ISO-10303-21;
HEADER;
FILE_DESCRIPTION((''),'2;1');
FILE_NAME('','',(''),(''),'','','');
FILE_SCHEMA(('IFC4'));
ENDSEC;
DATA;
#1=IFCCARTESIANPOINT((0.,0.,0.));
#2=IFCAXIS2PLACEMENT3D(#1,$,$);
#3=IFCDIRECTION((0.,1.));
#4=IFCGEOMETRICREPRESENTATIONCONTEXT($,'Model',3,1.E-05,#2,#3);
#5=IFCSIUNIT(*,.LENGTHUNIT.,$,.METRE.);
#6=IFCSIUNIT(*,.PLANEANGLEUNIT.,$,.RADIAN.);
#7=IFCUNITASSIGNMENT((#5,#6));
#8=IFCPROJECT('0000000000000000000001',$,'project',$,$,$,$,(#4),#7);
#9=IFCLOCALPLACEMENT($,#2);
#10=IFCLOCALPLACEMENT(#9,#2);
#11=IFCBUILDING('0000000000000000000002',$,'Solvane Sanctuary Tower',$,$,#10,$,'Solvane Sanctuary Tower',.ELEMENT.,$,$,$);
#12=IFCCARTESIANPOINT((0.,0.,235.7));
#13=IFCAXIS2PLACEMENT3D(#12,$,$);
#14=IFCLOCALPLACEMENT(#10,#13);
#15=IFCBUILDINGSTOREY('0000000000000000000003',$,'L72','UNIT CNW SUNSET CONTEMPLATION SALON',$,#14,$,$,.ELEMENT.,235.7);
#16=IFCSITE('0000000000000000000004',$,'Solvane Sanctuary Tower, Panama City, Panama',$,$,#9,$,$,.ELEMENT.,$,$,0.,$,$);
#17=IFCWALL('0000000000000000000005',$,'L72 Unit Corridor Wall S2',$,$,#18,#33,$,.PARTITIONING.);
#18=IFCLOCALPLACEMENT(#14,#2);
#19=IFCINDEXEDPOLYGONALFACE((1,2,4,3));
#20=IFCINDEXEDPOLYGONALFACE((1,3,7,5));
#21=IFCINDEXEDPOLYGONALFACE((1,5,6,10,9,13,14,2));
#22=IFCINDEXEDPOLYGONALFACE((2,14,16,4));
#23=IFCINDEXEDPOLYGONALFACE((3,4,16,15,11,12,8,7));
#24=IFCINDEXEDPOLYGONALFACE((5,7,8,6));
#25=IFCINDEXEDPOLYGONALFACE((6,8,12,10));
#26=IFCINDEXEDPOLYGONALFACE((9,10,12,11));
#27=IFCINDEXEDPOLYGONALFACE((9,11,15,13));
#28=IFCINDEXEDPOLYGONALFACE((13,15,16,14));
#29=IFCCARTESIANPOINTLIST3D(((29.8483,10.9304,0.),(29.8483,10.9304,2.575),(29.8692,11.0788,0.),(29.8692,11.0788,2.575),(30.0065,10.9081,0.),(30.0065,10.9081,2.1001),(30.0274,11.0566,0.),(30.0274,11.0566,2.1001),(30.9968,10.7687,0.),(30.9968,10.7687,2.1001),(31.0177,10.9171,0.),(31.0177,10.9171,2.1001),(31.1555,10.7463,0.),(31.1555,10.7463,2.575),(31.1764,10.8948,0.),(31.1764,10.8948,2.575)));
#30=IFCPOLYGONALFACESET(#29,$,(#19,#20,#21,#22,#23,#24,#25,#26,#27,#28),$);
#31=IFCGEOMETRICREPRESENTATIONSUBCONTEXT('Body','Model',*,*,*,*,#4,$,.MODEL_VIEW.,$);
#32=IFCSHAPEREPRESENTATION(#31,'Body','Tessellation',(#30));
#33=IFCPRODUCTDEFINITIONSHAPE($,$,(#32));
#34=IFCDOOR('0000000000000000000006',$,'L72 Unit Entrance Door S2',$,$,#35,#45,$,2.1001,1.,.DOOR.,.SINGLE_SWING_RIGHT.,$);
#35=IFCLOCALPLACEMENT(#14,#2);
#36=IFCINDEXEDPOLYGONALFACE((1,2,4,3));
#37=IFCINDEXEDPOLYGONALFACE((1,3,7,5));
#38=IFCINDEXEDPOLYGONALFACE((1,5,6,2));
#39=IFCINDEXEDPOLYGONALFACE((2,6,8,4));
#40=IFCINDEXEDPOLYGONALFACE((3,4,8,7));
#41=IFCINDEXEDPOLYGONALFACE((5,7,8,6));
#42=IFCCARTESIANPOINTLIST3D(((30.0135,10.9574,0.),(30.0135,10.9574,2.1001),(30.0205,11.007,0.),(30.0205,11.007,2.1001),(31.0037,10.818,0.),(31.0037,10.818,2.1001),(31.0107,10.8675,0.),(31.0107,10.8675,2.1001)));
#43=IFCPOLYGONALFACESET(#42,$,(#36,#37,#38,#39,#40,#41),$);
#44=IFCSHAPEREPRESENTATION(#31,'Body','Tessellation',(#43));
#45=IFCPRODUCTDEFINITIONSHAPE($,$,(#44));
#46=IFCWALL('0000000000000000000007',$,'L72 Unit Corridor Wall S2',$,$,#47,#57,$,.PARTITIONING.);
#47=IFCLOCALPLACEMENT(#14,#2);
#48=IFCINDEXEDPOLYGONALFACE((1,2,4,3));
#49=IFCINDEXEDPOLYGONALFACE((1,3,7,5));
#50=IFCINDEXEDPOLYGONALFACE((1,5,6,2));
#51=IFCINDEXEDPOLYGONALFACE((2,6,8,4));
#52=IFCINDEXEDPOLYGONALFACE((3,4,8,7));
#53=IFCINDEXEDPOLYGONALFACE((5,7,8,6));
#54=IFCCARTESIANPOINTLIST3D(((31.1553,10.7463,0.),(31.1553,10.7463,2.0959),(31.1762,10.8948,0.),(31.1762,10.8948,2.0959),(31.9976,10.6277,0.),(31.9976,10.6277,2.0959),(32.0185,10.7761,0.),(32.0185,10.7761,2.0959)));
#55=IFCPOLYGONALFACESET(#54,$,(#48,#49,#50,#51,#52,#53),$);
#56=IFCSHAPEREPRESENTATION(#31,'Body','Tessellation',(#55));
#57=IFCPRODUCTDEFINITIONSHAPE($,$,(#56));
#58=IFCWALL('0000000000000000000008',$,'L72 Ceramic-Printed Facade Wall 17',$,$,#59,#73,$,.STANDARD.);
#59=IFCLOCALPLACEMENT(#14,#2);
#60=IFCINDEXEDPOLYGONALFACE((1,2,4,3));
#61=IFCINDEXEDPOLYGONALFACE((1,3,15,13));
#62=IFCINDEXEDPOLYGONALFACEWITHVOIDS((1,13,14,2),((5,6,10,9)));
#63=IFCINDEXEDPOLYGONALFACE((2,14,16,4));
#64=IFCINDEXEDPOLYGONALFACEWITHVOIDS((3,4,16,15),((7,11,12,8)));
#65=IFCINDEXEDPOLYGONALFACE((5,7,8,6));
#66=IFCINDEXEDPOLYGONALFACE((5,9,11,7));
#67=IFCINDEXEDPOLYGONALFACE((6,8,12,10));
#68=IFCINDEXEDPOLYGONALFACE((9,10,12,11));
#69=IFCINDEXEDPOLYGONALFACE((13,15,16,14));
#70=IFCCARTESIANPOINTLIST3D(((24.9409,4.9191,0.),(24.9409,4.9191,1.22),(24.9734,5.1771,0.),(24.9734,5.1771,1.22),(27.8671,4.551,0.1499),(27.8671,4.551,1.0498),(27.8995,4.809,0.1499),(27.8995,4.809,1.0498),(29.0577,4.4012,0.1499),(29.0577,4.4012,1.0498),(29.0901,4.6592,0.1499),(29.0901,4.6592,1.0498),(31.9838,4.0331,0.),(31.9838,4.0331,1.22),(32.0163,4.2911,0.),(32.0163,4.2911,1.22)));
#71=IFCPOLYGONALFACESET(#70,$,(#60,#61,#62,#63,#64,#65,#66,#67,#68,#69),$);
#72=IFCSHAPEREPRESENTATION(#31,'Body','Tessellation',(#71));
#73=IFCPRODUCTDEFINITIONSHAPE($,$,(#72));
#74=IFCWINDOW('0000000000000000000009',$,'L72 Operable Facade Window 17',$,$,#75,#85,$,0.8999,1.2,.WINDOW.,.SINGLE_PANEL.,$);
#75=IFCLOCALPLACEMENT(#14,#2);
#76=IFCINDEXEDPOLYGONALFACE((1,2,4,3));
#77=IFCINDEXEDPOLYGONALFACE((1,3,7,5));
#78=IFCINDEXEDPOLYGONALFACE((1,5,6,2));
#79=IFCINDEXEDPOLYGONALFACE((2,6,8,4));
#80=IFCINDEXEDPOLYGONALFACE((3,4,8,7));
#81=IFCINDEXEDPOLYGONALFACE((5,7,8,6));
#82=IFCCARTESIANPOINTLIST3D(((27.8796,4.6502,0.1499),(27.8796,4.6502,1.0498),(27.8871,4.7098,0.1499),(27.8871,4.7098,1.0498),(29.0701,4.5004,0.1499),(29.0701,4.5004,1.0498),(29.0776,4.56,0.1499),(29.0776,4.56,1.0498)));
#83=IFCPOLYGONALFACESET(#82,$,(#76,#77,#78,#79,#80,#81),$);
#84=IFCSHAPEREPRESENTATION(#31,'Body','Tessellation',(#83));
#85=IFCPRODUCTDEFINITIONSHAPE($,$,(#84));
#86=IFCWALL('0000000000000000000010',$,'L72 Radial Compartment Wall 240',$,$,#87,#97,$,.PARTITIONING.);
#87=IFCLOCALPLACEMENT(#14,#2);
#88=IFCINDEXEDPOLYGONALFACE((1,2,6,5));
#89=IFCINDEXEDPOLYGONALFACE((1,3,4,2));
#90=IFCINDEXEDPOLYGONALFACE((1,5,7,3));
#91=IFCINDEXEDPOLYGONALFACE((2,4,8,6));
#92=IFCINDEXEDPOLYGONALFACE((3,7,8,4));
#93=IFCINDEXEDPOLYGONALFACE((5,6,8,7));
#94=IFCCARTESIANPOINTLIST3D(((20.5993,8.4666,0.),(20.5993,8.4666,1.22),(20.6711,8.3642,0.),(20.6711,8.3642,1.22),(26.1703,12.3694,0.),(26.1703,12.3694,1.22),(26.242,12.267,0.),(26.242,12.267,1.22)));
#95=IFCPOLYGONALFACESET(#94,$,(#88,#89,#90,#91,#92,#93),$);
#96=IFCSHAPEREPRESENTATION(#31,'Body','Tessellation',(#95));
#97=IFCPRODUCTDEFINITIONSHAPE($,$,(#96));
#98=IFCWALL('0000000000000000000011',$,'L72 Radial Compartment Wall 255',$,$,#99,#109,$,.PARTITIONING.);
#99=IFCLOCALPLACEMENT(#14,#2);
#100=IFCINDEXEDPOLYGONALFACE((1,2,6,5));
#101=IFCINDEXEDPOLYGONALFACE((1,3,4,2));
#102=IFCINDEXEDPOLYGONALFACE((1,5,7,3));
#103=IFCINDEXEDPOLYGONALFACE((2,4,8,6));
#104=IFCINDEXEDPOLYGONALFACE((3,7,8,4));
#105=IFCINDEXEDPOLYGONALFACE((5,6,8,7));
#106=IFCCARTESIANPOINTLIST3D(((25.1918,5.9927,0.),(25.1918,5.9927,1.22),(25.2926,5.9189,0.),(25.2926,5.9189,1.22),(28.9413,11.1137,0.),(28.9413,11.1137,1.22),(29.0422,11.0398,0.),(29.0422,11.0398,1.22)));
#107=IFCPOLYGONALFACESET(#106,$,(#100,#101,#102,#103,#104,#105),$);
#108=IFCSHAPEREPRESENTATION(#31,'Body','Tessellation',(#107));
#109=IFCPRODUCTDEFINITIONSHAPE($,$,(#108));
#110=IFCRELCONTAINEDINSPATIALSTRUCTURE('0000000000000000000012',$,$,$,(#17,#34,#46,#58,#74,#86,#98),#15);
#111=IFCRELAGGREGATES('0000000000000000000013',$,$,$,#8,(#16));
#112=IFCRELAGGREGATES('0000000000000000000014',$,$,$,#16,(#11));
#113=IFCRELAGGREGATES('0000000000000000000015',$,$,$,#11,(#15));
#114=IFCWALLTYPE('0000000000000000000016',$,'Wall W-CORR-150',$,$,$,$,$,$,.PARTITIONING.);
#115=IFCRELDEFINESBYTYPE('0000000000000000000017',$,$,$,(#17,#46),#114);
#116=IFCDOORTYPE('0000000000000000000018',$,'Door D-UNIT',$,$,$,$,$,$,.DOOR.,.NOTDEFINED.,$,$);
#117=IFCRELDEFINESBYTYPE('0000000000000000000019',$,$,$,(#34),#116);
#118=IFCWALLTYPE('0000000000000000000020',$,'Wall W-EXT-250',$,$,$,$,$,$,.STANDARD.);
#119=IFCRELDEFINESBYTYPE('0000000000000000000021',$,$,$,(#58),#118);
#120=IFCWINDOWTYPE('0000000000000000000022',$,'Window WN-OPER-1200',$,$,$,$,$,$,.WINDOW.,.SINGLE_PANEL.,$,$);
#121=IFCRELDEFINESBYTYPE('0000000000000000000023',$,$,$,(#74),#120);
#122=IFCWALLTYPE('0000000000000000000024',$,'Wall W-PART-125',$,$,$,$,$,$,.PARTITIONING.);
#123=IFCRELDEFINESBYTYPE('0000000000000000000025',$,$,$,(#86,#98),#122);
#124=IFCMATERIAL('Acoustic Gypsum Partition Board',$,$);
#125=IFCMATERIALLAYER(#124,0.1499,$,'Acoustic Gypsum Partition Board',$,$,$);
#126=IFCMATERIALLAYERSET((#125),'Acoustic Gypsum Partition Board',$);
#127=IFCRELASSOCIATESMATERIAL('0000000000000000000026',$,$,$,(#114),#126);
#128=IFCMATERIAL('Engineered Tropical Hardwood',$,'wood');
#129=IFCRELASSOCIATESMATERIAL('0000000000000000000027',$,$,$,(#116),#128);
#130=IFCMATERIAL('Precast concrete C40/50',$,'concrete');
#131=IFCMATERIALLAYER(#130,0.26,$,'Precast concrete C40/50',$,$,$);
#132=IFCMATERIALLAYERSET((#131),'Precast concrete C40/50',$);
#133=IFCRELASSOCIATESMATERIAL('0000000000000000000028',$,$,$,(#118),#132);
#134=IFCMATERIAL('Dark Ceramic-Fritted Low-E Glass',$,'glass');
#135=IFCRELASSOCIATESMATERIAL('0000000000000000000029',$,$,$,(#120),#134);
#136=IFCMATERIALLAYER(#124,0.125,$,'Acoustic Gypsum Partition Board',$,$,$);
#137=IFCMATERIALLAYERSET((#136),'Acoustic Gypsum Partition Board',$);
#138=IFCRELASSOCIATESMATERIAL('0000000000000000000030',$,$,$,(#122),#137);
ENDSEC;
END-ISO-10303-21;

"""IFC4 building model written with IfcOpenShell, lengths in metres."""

from ifc_helpers import new_model, si_unit, direction, frame, frame_2d, origin, place, context, subcontext, project, spatial, rectangle, extrude, material, layer, layer_set, type_object, element, fill, save


model = new_model("IFC4")

# Units and contexts
model_context = context("Model", 3, precision=1e-05, world=origin(), true_north=direction((0.0, 1.0)))
body_context = subcontext(model_context, "Body", "Model", "MODEL_VIEW")
ifc_project = project(units=[si_unit("LENGTHUNIT", "METRE"), si_unit("PLANEANGLEUNIT", "RADIAN")], contexts=[model_context])

# Site, building, storey
site_placement = place(None, origin())
site = spatial("IfcSite", under=ifc_project, at=site_placement, Name="Solvane Sanctuary Tower, Panama City, Panama", CompositionType="ELEMENT", RefElevation=0.0)
building_placement = place(site_placement, origin())
building = spatial("IfcBuilding", under=site, at=building_placement, Name="Solvane Sanctuary Tower", LongName="Solvane Sanctuary Tower", CompositionType="ELEMENT")
storey_placement = place(building_placement, frame((0.0, 0.0, 235.7)))
storey = spatial("IfcBuildingStorey", under=building, at=storey_placement, Name="L72", Description="UNIT CNW SUNSET CONTEMPLATION SALON", CompositionType="ELEMENT", Elevation=235.7)

# Shared definitions
ifc_material_1 = material(Name="Dark Ceramic-Fritted Low-E Glass", Category="glass")

# Shared definitions
ifc_material_2 = material(Name="Acoustic Gypsum Partition Board")
ifc_layer_1 = layer(ifc_material_2, 0.1499, Name="Acoustic Gypsum Partition Board")
ifc_layer_set_1 = layer_set([ifc_layer_1], Name="Acoustic Gypsum Partition Board")
wall_type_1 = type_object("IfcWallType", Name="Wall W-CORR-150", PredefinedType="PARTITIONING", material=ifc_layer_set_1)

# Shared definitions
ifc_material_3 = material(Name="Engineered Tropical Hardwood", Category="wood")

# Shared definitions
door_type_1 = type_object("IfcDoorType", Name="Door D-UNIT", OperationType="NOTDEFINED", PredefinedType="DOOR", material=ifc_material_3)

# Wall, opening, door
wall_1_placement = place(storey_placement, frame((29.8586, 11.0046, 0.0), z_axis=(0.0, 0.0, 1.0), x_axis=(0.990229, -0.139453, 0.0)))
wall_1 = element("IfcWall", 1, at=wall_1_placement, inside=storey, type_object=wall_type_1, Name="L72 Unit Corridor Wall S2", PredefinedType="PARTITIONING", context=body_context, shape_type="SweptSolid", body=[
    extrude(rectangle(XDim=1.3201, YDim=0.1499, at=frame_2d((0.6602, 0.0))), origin(), (0.0, 0.0, 1.0), 2.575),
])
opening_1_placement = place(wall_1_placement, frame((0.1599, 0.0, 0.0)))
opening_1 = element("IfcOpeningElement", 2, at=opening_1_placement, cuts=wall_1, PredefinedType="OPENING", context=body_context, shape_type="SweptSolid", body=[
    extrude(rectangle(XDim=1.0, YDim=2.1001, at=frame_2d((0.5, 1.05))), frame((0.0, 0.085, 0.0), z_axis=(0.0, -1.0, 0.0), x_axis=(1.0, 0.0, 0.0)), (0.0, 0.0, 1.0), 0.1699),
])
door_1_placement = place(opening_1_placement, origin())
door_1 = element("IfcDoor", 3, at=door_1_placement, inside=storey, type_object=door_type_1, Name="L72 Unit Entrance Door S2", OperationType="SINGLE_SWING_RIGHT", OverallHeight=2.1001, OverallWidth=1.0, PredefinedType="DOOR", context=body_context, shape_type="SweptSolid", body=[
    extrude(rectangle(XDim=1.0, YDim=2.1001, at=frame_2d((0.5, 1.05))), frame((0.0, 0.0249, 0.0), z_axis=(0.0, -1.0, 0.0), x_axis=(1.0, 0.0, 0.0)), (0.0, 0.0, 1.0), 0.05),
])
fill(opening_1, door_1)

# Wall
wall_2_placement = place(storey_placement, frame((31.1658, 10.8206, 0.0), z_axis=(0.0, 0.0, 1.0), x_axis=(0.990223, -0.139492, 0.0)))
element("IfcWall", 4, at=wall_2_placement, inside=storey, type_object=wall_type_1, Name="L72 Unit Corridor Wall S2", PredefinedType="PARTITIONING", context=body_context, shape_type="SweptSolid", body=[
    extrude(rectangle(XDim=0.8506, YDim=0.1499, at=frame_2d((0.4253, 0.0))), origin(), (0.0, 0.0, 1.0), 2.0959),
])

# Wall, opening, window
ifc_material_4 = material(Name="Precast concrete C40/50", Category="concrete")
ifc_layer_2 = layer(ifc_material_4, 0.26, Name="Precast concrete C40/50")
ifc_layer_set_2 = layer_set([ifc_layer_2], Name="Precast concrete C40/50")
wall_type_2 = type_object("IfcWallType", Name="Wall W-EXT-250", PredefinedType="STANDARD", material=ifc_layer_set_2)
wall_3_placement = place(storey_placement, frame((24.957, 5.0481, 0.0), z_axis=(0.0, 0.0, 1.0), x_axis=(0.99218, -0.124814, 0.0)))
wall_3 = element("IfcWall", 5, at=wall_3_placement, inside=storey, type_object=wall_type_2, Name="L72 Ceramic-Printed Facade Wall 17", PredefinedType="STANDARD", context=body_context, shape_type="SweptSolid", body=[
    extrude(rectangle(XDim=7.0984, YDim=0.26, at=frame_2d((3.5493, 0.0))), origin(), (0.0, 0.0, 1.0), 1.22),
])
opening_2_placement = place(wall_3_placement, frame((2.9492, 0.0, 0.1499)))
opening_2 = element("IfcOpeningElement", 6, at=opening_2_placement, cuts=wall_3, PredefinedType="OPENING", context=body_context, shape_type="SweptSolid", body=[
    extrude(rectangle(XDim=1.2, YDim=0.8999, at=frame_2d((0.6001, 0.45))), frame((0.0, 0.1399, 0.0), z_axis=(0.0, -1.0, 0.0), x_axis=(1.0, 0.0, 0.0)), (0.0, 0.0, 1.0), 0.28),
])
window_type = type_object("IfcWindowType", Name="Window WN-OPER-1200", PartitioningType="SINGLE_PANEL", PredefinedType="WINDOW", material=ifc_material_1)
window_placement = place(opening_2_placement, origin())
window = element("IfcWindow", 7, at=window_placement, inside=storey, type_object=window_type, Name="L72 Operable Facade Window 17", OverallHeight=0.8999, OverallWidth=1.2, PartitioningType="SINGLE_PANEL", PredefinedType="WINDOW", context=body_context, shape_type="SweptSolid", body=[
    extrude(rectangle(XDim=1.2, YDim=0.8999, at=frame_2d((0.6001, 0.45))), frame((0.0, 0.03, 0.0), z_axis=(0.0, -1.0, 0.0), x_axis=(1.0, 0.0, 0.0)), (0.0, 0.0, 1.0), 0.0601),
])
fill(opening_2, window)

# Walls
ifc_layer_3 = layer(ifc_material_2, 0.125, Name="Acoustic Gypsum Partition Board")
ifc_layer_set_3 = layer_set([ifc_layer_3], Name="Acoustic Gypsum Partition Board")
wall_type_3 = type_object("IfcWallType", Name="Wall W-PART-125", PredefinedType="PARTITIONING", material=ifc_layer_set_3)
wall_4_placement = place(storey_placement, frame((26.2061, 12.3181, 0.0), z_axis=(0.0, 0.0, 1.0), x_axis=(-0.819018, -0.573768, 0.0)))
element("IfcWall", 8, at=wall_4_placement, inside=storey, type_object=wall_type_3, Name="L72 Radial Compartment Wall 240", PredefinedType="PARTITIONING", context=body_context, shape_type="SweptSolid", body=[
    extrude(rectangle(XDim=6.802, YDim=0.125, at=frame_2d((3.4009, 0.0))), origin(), (0.0, 0.0, 1.0), 1.22),
])
wall_5_placement = place(storey_placement, frame((28.9917, 11.0767, 0.0), z_axis=(0.0, 0.0, 1.0), x_axis=(-0.590771, -0.806839, 0.0)))
element("IfcWall", 9, at=wall_5_placement, inside=storey, type_object=wall_type_3, Name="L72 Radial Compartment Wall 255", PredefinedType="PARTITIONING", context=body_context, shape_type="SweptSolid", body=[
    extrude(rectangle(XDim=6.3469, YDim=0.125, at=frame_2d((3.1733, 0.0))), origin(), (0.0, 0.0, 1.0), 1.22),
])

save(model, "model.ifc")
